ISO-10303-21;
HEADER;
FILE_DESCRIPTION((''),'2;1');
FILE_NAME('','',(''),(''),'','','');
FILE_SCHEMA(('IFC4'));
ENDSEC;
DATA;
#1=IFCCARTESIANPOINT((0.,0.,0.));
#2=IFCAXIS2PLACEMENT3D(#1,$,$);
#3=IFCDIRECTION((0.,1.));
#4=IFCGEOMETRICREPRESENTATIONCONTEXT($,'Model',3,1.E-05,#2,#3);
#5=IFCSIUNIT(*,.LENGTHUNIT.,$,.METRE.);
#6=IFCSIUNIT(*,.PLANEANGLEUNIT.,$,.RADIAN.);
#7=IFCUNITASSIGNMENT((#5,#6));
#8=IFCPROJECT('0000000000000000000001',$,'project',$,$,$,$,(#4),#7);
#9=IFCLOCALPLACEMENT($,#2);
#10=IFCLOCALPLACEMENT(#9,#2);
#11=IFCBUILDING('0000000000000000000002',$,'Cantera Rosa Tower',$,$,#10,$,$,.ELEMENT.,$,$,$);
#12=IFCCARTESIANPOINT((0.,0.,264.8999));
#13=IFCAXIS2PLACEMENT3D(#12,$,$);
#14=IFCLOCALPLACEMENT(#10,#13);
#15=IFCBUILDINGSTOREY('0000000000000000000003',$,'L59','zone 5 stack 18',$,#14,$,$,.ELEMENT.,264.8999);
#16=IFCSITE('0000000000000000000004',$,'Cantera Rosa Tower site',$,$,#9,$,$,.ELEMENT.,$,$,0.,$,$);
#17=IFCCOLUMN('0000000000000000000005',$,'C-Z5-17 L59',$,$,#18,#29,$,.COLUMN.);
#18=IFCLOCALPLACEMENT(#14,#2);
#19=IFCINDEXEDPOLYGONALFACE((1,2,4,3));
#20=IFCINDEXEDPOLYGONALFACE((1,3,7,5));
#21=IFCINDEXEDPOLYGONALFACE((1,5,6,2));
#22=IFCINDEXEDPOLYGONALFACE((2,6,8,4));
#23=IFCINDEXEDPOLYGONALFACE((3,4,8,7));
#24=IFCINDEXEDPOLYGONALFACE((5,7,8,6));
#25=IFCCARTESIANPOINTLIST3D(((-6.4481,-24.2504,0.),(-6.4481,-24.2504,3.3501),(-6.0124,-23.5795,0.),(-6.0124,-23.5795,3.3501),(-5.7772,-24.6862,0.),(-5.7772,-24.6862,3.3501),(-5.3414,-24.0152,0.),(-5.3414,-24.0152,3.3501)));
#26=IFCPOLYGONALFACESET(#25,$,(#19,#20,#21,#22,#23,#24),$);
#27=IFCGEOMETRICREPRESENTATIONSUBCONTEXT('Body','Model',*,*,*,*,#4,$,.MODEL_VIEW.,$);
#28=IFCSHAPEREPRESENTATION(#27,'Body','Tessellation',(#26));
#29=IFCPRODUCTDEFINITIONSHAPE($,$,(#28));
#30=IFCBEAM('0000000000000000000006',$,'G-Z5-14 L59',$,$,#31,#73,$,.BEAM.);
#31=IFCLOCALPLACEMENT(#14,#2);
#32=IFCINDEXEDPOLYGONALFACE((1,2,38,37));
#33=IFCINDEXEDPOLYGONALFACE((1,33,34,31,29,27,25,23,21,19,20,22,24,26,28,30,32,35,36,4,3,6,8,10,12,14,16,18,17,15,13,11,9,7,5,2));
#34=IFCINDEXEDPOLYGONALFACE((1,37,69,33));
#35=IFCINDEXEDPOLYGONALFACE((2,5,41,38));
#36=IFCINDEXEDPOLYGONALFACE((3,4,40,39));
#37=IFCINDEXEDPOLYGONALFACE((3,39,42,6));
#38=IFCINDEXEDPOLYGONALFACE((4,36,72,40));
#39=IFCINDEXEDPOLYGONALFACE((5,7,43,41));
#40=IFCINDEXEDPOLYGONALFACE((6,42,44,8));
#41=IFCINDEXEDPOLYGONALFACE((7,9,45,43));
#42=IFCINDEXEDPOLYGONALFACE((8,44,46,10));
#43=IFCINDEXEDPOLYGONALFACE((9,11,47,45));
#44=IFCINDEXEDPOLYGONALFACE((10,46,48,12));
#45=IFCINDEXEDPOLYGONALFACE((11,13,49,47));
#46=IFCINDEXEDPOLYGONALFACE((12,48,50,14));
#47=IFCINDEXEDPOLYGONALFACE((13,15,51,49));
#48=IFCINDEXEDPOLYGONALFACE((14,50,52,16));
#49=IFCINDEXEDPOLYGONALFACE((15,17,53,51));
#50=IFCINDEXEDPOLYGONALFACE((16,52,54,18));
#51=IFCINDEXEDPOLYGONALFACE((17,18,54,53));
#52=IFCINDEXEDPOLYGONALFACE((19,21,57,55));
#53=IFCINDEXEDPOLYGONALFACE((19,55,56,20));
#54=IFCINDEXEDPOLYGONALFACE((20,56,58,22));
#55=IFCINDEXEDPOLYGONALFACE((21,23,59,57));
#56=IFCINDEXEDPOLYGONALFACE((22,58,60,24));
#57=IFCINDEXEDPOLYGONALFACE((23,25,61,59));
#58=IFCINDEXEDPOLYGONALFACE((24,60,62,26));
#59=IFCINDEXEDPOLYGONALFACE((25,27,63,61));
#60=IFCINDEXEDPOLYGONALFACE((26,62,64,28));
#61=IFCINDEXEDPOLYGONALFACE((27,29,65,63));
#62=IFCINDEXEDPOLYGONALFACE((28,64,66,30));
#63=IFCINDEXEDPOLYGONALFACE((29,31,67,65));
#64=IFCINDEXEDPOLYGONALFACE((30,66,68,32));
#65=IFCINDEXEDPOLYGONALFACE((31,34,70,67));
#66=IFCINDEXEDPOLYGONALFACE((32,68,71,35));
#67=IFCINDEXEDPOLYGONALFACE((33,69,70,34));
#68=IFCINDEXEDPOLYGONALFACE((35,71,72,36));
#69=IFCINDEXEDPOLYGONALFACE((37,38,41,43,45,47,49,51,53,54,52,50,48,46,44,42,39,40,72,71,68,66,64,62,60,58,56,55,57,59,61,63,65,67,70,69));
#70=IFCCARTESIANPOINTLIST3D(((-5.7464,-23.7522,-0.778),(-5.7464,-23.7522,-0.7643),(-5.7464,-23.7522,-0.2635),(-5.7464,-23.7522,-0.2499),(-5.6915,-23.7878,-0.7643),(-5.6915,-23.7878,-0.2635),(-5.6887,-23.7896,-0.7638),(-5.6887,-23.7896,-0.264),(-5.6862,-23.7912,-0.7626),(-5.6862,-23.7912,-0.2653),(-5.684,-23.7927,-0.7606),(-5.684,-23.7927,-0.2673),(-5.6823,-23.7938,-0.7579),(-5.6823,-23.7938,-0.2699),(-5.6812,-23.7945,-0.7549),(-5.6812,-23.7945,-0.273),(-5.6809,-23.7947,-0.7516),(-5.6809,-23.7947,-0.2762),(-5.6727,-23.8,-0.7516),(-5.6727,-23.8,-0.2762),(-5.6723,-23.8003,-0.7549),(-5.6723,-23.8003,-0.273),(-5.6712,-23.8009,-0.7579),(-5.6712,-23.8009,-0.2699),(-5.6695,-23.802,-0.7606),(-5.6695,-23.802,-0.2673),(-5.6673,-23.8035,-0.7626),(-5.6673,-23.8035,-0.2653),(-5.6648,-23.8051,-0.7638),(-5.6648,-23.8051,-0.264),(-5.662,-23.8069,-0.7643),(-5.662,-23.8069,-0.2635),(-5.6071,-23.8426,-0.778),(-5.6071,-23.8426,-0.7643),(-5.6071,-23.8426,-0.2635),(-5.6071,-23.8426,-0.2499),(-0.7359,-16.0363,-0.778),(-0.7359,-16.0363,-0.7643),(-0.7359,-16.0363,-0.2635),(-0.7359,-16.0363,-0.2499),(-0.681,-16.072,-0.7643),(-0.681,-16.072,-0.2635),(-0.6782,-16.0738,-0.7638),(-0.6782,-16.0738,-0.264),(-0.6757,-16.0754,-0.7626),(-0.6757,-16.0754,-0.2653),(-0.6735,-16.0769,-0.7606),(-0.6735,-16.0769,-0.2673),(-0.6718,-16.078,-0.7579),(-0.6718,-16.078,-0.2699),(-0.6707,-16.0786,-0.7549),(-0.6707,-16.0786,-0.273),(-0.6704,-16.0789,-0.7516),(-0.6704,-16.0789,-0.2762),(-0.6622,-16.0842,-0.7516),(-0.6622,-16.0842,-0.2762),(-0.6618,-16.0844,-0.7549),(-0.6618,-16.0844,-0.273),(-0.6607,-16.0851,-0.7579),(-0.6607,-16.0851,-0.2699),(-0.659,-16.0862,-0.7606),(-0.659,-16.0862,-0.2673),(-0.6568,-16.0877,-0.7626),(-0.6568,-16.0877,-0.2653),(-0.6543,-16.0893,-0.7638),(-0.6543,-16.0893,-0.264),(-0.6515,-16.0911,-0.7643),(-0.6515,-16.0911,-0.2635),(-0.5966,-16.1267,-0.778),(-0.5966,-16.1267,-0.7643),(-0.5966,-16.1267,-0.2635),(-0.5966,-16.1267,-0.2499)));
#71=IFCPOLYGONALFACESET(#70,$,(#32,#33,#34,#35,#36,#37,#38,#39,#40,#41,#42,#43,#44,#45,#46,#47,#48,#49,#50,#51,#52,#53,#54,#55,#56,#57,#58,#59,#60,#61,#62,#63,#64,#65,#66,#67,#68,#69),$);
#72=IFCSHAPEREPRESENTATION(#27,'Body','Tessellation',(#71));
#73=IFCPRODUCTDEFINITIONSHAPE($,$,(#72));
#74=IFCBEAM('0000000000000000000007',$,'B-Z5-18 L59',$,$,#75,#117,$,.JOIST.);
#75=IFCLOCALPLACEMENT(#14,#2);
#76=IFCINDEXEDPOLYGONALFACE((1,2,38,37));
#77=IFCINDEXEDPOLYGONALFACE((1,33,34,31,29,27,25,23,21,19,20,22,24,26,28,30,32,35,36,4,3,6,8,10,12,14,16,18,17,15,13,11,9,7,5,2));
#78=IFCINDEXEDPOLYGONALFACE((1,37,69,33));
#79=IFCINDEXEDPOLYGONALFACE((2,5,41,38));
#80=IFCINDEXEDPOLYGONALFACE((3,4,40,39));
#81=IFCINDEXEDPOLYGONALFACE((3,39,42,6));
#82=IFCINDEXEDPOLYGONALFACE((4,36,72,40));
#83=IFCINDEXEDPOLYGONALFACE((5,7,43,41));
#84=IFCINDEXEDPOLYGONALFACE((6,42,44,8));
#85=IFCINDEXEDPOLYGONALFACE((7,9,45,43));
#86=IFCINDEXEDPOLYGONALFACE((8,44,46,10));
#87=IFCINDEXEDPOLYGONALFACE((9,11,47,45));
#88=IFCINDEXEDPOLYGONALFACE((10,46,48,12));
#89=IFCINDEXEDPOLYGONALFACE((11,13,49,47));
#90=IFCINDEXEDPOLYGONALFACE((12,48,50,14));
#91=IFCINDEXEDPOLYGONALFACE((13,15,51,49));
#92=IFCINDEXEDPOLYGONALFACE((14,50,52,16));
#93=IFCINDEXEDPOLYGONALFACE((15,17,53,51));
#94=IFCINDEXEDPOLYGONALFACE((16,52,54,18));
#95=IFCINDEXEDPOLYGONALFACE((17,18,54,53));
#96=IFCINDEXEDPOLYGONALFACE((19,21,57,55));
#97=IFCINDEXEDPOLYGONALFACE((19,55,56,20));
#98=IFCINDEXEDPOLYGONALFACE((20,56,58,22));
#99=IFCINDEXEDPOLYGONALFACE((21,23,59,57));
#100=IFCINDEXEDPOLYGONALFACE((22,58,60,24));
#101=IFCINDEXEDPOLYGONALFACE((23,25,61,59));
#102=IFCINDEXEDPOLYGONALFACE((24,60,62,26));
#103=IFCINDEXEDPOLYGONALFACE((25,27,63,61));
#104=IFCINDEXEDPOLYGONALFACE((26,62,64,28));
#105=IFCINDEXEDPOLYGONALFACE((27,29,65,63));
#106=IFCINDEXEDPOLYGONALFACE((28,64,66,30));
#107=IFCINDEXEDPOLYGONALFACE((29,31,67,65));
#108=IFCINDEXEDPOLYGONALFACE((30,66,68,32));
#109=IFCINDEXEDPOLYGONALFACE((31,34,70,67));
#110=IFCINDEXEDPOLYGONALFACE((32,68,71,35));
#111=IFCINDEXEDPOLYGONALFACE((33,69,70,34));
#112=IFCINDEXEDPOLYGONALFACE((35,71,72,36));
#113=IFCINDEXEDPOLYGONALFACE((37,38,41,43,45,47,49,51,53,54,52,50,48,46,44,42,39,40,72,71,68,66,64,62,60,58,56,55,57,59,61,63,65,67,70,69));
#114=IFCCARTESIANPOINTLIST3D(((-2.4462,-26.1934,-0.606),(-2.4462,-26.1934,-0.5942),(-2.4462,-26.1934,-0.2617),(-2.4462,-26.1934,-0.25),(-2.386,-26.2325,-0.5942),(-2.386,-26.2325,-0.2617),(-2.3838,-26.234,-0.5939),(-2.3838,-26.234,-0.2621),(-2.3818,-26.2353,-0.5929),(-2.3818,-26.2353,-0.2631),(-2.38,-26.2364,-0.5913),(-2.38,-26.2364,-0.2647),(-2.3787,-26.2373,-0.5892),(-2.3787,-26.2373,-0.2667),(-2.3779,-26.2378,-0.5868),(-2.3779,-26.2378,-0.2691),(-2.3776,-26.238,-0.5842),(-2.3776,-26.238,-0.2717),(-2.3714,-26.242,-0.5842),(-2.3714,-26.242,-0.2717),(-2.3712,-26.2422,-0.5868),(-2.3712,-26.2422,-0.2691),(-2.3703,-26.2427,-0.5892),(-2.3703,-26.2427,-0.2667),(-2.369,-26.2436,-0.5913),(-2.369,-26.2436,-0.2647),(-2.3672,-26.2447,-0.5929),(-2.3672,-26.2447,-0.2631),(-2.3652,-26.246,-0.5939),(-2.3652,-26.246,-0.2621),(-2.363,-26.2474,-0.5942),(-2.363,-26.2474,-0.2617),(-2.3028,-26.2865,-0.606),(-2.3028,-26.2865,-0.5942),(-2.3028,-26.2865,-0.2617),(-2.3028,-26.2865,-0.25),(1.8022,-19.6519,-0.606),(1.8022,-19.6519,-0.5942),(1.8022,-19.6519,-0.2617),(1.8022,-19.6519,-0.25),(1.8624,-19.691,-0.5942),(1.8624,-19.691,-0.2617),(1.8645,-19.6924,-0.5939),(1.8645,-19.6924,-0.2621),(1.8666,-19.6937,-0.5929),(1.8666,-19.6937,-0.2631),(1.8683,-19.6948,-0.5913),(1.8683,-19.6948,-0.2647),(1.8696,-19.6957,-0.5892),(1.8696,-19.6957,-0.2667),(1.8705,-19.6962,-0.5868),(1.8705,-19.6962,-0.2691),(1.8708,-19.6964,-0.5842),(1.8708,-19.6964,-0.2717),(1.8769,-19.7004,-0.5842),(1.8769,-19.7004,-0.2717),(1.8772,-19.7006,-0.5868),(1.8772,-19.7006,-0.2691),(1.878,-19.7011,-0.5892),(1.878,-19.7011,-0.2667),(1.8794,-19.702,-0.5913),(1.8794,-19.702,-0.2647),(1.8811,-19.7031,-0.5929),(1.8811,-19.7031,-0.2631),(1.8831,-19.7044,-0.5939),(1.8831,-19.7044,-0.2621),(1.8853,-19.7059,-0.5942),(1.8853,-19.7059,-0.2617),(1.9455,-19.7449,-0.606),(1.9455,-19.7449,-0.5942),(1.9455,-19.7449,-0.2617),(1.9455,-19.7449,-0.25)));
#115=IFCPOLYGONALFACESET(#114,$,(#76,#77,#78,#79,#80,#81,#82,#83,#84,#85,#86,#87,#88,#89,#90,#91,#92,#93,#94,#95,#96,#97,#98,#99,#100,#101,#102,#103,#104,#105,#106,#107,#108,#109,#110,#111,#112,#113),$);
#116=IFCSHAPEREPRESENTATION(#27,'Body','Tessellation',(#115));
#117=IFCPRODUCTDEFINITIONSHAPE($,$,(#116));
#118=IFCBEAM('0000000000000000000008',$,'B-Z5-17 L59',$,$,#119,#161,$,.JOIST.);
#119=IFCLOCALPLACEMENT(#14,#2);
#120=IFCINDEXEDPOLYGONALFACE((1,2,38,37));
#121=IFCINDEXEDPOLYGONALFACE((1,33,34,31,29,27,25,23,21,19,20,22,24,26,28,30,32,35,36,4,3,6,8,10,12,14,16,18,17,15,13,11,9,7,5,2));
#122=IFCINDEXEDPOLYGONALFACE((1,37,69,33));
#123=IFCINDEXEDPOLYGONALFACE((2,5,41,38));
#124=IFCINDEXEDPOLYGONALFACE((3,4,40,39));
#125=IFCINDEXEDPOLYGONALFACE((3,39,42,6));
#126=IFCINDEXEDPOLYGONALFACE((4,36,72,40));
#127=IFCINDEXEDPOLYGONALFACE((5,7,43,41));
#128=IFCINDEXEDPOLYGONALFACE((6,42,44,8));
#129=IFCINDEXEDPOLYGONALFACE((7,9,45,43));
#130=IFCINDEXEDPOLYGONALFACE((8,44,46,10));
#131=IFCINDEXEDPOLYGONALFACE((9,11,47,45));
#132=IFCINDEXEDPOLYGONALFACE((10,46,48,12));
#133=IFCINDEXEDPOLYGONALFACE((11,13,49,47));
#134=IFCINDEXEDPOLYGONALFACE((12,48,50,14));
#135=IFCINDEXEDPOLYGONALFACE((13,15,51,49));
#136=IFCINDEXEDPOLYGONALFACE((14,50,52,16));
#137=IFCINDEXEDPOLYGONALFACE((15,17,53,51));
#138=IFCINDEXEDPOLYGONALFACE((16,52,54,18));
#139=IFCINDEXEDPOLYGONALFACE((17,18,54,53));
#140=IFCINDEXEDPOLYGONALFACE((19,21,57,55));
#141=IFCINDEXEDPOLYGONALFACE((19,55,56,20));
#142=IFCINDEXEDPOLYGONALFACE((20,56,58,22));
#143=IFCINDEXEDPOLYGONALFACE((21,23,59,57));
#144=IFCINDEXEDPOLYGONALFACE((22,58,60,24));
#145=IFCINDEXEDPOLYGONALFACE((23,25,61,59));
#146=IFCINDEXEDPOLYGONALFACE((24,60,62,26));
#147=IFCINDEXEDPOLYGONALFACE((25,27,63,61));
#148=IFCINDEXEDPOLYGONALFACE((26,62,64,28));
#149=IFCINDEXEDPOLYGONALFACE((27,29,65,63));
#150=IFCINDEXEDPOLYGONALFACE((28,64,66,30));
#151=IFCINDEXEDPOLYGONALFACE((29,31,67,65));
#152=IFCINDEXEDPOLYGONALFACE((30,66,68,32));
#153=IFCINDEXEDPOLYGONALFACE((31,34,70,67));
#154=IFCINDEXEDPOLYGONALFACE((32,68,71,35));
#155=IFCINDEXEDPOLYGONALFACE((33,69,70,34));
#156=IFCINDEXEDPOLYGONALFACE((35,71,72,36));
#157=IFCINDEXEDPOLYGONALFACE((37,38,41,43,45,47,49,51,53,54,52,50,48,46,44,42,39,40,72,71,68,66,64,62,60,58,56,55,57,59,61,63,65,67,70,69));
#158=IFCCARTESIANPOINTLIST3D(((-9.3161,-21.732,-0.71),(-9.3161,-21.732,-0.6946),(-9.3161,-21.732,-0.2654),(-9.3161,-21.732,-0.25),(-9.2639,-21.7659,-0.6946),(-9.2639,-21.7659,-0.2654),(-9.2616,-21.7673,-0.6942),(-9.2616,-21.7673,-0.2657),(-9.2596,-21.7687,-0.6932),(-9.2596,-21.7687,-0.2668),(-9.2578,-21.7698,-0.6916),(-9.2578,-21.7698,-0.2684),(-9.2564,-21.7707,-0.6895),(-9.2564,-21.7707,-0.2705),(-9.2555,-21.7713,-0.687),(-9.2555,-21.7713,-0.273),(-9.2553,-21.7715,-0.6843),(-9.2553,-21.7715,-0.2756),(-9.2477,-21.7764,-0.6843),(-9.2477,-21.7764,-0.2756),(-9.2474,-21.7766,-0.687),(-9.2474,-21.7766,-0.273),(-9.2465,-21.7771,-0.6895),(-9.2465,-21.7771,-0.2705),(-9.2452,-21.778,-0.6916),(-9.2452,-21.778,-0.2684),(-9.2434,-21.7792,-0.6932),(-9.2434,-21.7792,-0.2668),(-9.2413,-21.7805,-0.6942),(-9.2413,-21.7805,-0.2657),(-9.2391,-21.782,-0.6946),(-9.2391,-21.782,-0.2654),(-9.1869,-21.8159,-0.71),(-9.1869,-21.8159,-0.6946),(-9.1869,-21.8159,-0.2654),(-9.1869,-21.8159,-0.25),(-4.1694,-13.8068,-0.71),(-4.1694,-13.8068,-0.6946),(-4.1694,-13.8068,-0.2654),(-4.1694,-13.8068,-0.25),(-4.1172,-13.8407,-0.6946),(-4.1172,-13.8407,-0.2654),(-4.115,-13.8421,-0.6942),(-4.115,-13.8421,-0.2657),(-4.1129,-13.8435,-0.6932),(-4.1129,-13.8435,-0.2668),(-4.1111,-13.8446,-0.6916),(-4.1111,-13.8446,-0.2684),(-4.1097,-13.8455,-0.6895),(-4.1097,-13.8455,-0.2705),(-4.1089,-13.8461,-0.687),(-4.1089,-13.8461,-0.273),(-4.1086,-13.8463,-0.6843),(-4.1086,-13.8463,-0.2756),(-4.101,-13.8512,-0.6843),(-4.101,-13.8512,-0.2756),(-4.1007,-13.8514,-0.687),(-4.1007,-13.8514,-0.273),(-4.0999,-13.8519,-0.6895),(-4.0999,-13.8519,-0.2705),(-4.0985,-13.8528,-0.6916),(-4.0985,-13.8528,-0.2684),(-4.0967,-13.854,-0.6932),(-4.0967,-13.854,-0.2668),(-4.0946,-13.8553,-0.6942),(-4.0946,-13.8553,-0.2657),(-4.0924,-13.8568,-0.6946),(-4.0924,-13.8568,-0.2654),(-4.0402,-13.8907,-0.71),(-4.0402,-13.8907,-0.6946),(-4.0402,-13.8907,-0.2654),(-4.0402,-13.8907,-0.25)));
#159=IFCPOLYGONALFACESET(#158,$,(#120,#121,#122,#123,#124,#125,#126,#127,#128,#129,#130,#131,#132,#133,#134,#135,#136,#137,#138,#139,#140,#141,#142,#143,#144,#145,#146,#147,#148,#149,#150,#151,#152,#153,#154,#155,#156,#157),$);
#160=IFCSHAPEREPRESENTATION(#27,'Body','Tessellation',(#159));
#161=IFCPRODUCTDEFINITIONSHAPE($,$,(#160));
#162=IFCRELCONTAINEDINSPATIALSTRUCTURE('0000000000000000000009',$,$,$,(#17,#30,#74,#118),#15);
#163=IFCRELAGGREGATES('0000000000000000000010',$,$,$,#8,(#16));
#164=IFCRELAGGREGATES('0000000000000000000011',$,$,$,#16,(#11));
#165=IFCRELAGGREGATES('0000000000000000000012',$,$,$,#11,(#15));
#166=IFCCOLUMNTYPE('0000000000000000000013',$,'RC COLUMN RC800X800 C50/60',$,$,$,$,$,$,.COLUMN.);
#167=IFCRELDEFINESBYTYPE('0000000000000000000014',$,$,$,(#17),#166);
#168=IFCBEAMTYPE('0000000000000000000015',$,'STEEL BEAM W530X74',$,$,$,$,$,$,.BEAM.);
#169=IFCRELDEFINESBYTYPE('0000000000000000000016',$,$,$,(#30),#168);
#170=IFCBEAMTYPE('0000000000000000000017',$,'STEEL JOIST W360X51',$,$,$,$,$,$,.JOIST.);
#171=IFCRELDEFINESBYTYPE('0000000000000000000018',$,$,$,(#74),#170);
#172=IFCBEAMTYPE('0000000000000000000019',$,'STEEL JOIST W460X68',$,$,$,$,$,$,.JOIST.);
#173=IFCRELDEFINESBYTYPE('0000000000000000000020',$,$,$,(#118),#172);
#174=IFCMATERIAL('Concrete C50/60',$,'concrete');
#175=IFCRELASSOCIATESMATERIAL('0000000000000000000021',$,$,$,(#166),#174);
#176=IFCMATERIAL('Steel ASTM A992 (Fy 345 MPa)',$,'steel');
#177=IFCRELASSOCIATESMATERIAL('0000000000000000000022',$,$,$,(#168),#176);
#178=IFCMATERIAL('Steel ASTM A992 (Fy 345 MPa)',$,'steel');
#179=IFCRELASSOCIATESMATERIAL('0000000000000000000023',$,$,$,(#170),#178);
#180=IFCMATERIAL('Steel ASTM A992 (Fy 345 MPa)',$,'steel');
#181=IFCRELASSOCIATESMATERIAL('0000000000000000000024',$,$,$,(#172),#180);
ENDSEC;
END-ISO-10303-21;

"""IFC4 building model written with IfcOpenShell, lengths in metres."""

from ifc_helpers import new_model, si_unit, direction, frame, origin, origin_2d, place, context, subcontext, project, spatial, rectangle, i_section, extrude, material, material_profile, profile_set, type_object, element, save


model = new_model("IFC4")

# Units and contexts
model_context = context("Model", 3, precision=1e-05, world=origin(), true_north=direction((0.0, 1.0)))
body_context = subcontext(model_context, "Body", "Model", "MODEL_VIEW")
ifc_project = project(units=[si_unit("LENGTHUNIT", "METRE"), si_unit("PLANEANGLEUNIT", "RADIAN")], contexts=[model_context])

# Site, building, storey
site_placement = place(None, origin())
site = spatial("IfcSite", under=ifc_project, at=site_placement, Name="Cantera Rosa Tower site", CompositionType="ELEMENT", RefElevation=0.0)
building_placement = place(site_placement, origin())
building = spatial("IfcBuilding", under=site, at=building_placement, Name="Cantera Rosa Tower", CompositionType="ELEMENT")
storey_placement = place(building_placement, frame((0.0, 0.0, 264.8999)))
storey = spatial("IfcBuildingStorey", under=building, at=storey_placement, Name="L59", Description="zone 5 stack 18", CompositionType="ELEMENT", Elevation=264.8999)

# Column
ifc_material_1 = material(Name="Concrete C50/60", Category="concrete")
ifc_material_profile_1 = material_profile(ifc_material_1, rectangle(XDim=0.8, YDim=0.8, at=origin_2d()), Name="RC COLUMN RC800X800 C50/60")
ifc_profile_set_1 = profile_set([ifc_material_profile_1], Name="Concrete C50/60")
column_type = type_object("IfcColumnType", Name="RC COLUMN RC800X800 C50/60", PredefinedType="COLUMN", material=ifc_profile_set_1)
column_placement = place(storey_placement, frame((-5.8948, -24.1328, 0.0), z_axis=(0.0, 0.0, 1.0), x_axis=(0.544639, 0.838671, 0.0)))
element("IfcColumn", 1, at=column_placement, inside=storey, type_object=column_type, Name="C-Z5-17 L59", PredefinedType="COLUMN", context=body_context, shape_type="SweptSolid", body=[
    extrude(rectangle(XDim=0.8, YDim=0.8, at=origin_2d()), origin(), (0.0, 0.0, 1.0), 3.3501),
])

# Beams
ifc_material_2 = material(Name="Steel ASTM A992 (Fy 345 MPa)", Category="steel")
ifc_material_profile_2 = material_profile(ifc_material_2, i_section(OverallWidth=0.166, OverallDepth=0.5281, WebThickness=0.0098, FlangeThickness=0.0137, FilletRadius=0.0127, at=origin_2d()), Name="W530X74")
ifc_profile_set_2 = profile_set([ifc_material_profile_2], Name="Steel ASTM A992 (Fy 345 MPa)")
beam_type_1 = type_object("IfcBeamType", Name="STEEL BEAM W530X74", PredefinedType="BEAM", material=ifc_profile_set_2)
beam_1_placement = place(storey_placement, frame((-5.6768, -23.7974, -0.5139), z_axis=(0.544623, 0.838681, 0.0), x_axis=(-0.838681, 0.544623, 0.0)))
element("IfcBeam", 2, at=beam_1_placement, inside=storey, type_object=beam_type_1, Name="G-Z5-14 L59", PredefinedType="BEAM", context=body_context, shape_type="SweptSolid", body=[
    extrude(i_section(OverallWidth=0.166, OverallDepth=0.5281, WebThickness=0.0098, FlangeThickness=0.0137, FilletRadius=0.0127, at=origin_2d()), origin(), (0.0, 0.0, 1.0), 9.2),
])
ifc_material_3 = material(Name="Steel ASTM A992 (Fy 345 MPa)", Category="steel")
ifc_material_profile_3 = material_profile(ifc_material_3, i_section(OverallWidth=0.1709, OverallDepth=0.356, WebThickness=0.0073, FlangeThickness=0.0117, FilletRadius=0.01, at=origin_2d()), Name="W360X51")
ifc_profile_set_3 = profile_set([ifc_material_profile_3], Name="Steel ASTM A992 (Fy 345 MPa)")
beam_type_2 = type_object("IfcBeamType", Name="STEEL JOIST W360X51", PredefinedType="JOIST", material=ifc_profile_set_3)
beam_2_placement = place(storey_placement, frame((-2.3745, -26.24, -0.428), z_axis=(0.544656, 0.83866, 0.0), x_axis=(-0.83866, 0.544656, 0.0)))
element("IfcBeam", 3, at=beam_2_placement, inside=storey, type_object=beam_type_2, Name="B-Z5-18 L59", PredefinedType="JOIST", context=body_context, shape_type="SweptSolid", body=[
    extrude(i_section(OverallWidth=0.1709, OverallDepth=0.356, WebThickness=0.0073, FlangeThickness=0.0117, FilletRadius=0.01, at=origin_2d()), origin(), (0.0, 0.0, 1.0), 7.8),
])
ifc_material_4 = material(Name="Steel ASTM A992 (Fy 345 MPa)", Category="steel")
ifc_material_profile_4 = material_profile(ifc_material_4, i_section(OverallWidth=0.1541, OverallDepth=0.46, WebThickness=0.009, FlangeThickness=0.0154, FilletRadius=0.0103, at=origin_2d()), Name="W460X68")
ifc_profile_set_4 = profile_set([ifc_material_profile_4], Name="Steel ASTM A992 (Fy 345 MPa)")
beam_type_3 = type_object("IfcBeamType", Name="STEEL JOIST W460X68", PredefinedType="JOIST", material=ifc_profile_set_4)
beam_3_placement = place(storey_placement, frame((-9.2515, -21.7739, -0.48), z_axis=(0.544638, 0.838671, 0.0), x_axis=(-0.838671, 0.544638, 0.0)))
element("IfcBeam", 4, at=beam_3_placement, inside=storey, type_object=beam_type_3, Name="B-Z5-17 L59", PredefinedType="JOIST", context=body_context, shape_type="SweptSolid", body=[
    extrude(i_section(OverallWidth=0.1541, OverallDepth=0.46, WebThickness=0.009, FlangeThickness=0.0154, FilletRadius=0.0103, at=origin_2d()), origin(), (0.0, 0.0, 1.0), 9.4497),
])

save(model, "model.ifc")
